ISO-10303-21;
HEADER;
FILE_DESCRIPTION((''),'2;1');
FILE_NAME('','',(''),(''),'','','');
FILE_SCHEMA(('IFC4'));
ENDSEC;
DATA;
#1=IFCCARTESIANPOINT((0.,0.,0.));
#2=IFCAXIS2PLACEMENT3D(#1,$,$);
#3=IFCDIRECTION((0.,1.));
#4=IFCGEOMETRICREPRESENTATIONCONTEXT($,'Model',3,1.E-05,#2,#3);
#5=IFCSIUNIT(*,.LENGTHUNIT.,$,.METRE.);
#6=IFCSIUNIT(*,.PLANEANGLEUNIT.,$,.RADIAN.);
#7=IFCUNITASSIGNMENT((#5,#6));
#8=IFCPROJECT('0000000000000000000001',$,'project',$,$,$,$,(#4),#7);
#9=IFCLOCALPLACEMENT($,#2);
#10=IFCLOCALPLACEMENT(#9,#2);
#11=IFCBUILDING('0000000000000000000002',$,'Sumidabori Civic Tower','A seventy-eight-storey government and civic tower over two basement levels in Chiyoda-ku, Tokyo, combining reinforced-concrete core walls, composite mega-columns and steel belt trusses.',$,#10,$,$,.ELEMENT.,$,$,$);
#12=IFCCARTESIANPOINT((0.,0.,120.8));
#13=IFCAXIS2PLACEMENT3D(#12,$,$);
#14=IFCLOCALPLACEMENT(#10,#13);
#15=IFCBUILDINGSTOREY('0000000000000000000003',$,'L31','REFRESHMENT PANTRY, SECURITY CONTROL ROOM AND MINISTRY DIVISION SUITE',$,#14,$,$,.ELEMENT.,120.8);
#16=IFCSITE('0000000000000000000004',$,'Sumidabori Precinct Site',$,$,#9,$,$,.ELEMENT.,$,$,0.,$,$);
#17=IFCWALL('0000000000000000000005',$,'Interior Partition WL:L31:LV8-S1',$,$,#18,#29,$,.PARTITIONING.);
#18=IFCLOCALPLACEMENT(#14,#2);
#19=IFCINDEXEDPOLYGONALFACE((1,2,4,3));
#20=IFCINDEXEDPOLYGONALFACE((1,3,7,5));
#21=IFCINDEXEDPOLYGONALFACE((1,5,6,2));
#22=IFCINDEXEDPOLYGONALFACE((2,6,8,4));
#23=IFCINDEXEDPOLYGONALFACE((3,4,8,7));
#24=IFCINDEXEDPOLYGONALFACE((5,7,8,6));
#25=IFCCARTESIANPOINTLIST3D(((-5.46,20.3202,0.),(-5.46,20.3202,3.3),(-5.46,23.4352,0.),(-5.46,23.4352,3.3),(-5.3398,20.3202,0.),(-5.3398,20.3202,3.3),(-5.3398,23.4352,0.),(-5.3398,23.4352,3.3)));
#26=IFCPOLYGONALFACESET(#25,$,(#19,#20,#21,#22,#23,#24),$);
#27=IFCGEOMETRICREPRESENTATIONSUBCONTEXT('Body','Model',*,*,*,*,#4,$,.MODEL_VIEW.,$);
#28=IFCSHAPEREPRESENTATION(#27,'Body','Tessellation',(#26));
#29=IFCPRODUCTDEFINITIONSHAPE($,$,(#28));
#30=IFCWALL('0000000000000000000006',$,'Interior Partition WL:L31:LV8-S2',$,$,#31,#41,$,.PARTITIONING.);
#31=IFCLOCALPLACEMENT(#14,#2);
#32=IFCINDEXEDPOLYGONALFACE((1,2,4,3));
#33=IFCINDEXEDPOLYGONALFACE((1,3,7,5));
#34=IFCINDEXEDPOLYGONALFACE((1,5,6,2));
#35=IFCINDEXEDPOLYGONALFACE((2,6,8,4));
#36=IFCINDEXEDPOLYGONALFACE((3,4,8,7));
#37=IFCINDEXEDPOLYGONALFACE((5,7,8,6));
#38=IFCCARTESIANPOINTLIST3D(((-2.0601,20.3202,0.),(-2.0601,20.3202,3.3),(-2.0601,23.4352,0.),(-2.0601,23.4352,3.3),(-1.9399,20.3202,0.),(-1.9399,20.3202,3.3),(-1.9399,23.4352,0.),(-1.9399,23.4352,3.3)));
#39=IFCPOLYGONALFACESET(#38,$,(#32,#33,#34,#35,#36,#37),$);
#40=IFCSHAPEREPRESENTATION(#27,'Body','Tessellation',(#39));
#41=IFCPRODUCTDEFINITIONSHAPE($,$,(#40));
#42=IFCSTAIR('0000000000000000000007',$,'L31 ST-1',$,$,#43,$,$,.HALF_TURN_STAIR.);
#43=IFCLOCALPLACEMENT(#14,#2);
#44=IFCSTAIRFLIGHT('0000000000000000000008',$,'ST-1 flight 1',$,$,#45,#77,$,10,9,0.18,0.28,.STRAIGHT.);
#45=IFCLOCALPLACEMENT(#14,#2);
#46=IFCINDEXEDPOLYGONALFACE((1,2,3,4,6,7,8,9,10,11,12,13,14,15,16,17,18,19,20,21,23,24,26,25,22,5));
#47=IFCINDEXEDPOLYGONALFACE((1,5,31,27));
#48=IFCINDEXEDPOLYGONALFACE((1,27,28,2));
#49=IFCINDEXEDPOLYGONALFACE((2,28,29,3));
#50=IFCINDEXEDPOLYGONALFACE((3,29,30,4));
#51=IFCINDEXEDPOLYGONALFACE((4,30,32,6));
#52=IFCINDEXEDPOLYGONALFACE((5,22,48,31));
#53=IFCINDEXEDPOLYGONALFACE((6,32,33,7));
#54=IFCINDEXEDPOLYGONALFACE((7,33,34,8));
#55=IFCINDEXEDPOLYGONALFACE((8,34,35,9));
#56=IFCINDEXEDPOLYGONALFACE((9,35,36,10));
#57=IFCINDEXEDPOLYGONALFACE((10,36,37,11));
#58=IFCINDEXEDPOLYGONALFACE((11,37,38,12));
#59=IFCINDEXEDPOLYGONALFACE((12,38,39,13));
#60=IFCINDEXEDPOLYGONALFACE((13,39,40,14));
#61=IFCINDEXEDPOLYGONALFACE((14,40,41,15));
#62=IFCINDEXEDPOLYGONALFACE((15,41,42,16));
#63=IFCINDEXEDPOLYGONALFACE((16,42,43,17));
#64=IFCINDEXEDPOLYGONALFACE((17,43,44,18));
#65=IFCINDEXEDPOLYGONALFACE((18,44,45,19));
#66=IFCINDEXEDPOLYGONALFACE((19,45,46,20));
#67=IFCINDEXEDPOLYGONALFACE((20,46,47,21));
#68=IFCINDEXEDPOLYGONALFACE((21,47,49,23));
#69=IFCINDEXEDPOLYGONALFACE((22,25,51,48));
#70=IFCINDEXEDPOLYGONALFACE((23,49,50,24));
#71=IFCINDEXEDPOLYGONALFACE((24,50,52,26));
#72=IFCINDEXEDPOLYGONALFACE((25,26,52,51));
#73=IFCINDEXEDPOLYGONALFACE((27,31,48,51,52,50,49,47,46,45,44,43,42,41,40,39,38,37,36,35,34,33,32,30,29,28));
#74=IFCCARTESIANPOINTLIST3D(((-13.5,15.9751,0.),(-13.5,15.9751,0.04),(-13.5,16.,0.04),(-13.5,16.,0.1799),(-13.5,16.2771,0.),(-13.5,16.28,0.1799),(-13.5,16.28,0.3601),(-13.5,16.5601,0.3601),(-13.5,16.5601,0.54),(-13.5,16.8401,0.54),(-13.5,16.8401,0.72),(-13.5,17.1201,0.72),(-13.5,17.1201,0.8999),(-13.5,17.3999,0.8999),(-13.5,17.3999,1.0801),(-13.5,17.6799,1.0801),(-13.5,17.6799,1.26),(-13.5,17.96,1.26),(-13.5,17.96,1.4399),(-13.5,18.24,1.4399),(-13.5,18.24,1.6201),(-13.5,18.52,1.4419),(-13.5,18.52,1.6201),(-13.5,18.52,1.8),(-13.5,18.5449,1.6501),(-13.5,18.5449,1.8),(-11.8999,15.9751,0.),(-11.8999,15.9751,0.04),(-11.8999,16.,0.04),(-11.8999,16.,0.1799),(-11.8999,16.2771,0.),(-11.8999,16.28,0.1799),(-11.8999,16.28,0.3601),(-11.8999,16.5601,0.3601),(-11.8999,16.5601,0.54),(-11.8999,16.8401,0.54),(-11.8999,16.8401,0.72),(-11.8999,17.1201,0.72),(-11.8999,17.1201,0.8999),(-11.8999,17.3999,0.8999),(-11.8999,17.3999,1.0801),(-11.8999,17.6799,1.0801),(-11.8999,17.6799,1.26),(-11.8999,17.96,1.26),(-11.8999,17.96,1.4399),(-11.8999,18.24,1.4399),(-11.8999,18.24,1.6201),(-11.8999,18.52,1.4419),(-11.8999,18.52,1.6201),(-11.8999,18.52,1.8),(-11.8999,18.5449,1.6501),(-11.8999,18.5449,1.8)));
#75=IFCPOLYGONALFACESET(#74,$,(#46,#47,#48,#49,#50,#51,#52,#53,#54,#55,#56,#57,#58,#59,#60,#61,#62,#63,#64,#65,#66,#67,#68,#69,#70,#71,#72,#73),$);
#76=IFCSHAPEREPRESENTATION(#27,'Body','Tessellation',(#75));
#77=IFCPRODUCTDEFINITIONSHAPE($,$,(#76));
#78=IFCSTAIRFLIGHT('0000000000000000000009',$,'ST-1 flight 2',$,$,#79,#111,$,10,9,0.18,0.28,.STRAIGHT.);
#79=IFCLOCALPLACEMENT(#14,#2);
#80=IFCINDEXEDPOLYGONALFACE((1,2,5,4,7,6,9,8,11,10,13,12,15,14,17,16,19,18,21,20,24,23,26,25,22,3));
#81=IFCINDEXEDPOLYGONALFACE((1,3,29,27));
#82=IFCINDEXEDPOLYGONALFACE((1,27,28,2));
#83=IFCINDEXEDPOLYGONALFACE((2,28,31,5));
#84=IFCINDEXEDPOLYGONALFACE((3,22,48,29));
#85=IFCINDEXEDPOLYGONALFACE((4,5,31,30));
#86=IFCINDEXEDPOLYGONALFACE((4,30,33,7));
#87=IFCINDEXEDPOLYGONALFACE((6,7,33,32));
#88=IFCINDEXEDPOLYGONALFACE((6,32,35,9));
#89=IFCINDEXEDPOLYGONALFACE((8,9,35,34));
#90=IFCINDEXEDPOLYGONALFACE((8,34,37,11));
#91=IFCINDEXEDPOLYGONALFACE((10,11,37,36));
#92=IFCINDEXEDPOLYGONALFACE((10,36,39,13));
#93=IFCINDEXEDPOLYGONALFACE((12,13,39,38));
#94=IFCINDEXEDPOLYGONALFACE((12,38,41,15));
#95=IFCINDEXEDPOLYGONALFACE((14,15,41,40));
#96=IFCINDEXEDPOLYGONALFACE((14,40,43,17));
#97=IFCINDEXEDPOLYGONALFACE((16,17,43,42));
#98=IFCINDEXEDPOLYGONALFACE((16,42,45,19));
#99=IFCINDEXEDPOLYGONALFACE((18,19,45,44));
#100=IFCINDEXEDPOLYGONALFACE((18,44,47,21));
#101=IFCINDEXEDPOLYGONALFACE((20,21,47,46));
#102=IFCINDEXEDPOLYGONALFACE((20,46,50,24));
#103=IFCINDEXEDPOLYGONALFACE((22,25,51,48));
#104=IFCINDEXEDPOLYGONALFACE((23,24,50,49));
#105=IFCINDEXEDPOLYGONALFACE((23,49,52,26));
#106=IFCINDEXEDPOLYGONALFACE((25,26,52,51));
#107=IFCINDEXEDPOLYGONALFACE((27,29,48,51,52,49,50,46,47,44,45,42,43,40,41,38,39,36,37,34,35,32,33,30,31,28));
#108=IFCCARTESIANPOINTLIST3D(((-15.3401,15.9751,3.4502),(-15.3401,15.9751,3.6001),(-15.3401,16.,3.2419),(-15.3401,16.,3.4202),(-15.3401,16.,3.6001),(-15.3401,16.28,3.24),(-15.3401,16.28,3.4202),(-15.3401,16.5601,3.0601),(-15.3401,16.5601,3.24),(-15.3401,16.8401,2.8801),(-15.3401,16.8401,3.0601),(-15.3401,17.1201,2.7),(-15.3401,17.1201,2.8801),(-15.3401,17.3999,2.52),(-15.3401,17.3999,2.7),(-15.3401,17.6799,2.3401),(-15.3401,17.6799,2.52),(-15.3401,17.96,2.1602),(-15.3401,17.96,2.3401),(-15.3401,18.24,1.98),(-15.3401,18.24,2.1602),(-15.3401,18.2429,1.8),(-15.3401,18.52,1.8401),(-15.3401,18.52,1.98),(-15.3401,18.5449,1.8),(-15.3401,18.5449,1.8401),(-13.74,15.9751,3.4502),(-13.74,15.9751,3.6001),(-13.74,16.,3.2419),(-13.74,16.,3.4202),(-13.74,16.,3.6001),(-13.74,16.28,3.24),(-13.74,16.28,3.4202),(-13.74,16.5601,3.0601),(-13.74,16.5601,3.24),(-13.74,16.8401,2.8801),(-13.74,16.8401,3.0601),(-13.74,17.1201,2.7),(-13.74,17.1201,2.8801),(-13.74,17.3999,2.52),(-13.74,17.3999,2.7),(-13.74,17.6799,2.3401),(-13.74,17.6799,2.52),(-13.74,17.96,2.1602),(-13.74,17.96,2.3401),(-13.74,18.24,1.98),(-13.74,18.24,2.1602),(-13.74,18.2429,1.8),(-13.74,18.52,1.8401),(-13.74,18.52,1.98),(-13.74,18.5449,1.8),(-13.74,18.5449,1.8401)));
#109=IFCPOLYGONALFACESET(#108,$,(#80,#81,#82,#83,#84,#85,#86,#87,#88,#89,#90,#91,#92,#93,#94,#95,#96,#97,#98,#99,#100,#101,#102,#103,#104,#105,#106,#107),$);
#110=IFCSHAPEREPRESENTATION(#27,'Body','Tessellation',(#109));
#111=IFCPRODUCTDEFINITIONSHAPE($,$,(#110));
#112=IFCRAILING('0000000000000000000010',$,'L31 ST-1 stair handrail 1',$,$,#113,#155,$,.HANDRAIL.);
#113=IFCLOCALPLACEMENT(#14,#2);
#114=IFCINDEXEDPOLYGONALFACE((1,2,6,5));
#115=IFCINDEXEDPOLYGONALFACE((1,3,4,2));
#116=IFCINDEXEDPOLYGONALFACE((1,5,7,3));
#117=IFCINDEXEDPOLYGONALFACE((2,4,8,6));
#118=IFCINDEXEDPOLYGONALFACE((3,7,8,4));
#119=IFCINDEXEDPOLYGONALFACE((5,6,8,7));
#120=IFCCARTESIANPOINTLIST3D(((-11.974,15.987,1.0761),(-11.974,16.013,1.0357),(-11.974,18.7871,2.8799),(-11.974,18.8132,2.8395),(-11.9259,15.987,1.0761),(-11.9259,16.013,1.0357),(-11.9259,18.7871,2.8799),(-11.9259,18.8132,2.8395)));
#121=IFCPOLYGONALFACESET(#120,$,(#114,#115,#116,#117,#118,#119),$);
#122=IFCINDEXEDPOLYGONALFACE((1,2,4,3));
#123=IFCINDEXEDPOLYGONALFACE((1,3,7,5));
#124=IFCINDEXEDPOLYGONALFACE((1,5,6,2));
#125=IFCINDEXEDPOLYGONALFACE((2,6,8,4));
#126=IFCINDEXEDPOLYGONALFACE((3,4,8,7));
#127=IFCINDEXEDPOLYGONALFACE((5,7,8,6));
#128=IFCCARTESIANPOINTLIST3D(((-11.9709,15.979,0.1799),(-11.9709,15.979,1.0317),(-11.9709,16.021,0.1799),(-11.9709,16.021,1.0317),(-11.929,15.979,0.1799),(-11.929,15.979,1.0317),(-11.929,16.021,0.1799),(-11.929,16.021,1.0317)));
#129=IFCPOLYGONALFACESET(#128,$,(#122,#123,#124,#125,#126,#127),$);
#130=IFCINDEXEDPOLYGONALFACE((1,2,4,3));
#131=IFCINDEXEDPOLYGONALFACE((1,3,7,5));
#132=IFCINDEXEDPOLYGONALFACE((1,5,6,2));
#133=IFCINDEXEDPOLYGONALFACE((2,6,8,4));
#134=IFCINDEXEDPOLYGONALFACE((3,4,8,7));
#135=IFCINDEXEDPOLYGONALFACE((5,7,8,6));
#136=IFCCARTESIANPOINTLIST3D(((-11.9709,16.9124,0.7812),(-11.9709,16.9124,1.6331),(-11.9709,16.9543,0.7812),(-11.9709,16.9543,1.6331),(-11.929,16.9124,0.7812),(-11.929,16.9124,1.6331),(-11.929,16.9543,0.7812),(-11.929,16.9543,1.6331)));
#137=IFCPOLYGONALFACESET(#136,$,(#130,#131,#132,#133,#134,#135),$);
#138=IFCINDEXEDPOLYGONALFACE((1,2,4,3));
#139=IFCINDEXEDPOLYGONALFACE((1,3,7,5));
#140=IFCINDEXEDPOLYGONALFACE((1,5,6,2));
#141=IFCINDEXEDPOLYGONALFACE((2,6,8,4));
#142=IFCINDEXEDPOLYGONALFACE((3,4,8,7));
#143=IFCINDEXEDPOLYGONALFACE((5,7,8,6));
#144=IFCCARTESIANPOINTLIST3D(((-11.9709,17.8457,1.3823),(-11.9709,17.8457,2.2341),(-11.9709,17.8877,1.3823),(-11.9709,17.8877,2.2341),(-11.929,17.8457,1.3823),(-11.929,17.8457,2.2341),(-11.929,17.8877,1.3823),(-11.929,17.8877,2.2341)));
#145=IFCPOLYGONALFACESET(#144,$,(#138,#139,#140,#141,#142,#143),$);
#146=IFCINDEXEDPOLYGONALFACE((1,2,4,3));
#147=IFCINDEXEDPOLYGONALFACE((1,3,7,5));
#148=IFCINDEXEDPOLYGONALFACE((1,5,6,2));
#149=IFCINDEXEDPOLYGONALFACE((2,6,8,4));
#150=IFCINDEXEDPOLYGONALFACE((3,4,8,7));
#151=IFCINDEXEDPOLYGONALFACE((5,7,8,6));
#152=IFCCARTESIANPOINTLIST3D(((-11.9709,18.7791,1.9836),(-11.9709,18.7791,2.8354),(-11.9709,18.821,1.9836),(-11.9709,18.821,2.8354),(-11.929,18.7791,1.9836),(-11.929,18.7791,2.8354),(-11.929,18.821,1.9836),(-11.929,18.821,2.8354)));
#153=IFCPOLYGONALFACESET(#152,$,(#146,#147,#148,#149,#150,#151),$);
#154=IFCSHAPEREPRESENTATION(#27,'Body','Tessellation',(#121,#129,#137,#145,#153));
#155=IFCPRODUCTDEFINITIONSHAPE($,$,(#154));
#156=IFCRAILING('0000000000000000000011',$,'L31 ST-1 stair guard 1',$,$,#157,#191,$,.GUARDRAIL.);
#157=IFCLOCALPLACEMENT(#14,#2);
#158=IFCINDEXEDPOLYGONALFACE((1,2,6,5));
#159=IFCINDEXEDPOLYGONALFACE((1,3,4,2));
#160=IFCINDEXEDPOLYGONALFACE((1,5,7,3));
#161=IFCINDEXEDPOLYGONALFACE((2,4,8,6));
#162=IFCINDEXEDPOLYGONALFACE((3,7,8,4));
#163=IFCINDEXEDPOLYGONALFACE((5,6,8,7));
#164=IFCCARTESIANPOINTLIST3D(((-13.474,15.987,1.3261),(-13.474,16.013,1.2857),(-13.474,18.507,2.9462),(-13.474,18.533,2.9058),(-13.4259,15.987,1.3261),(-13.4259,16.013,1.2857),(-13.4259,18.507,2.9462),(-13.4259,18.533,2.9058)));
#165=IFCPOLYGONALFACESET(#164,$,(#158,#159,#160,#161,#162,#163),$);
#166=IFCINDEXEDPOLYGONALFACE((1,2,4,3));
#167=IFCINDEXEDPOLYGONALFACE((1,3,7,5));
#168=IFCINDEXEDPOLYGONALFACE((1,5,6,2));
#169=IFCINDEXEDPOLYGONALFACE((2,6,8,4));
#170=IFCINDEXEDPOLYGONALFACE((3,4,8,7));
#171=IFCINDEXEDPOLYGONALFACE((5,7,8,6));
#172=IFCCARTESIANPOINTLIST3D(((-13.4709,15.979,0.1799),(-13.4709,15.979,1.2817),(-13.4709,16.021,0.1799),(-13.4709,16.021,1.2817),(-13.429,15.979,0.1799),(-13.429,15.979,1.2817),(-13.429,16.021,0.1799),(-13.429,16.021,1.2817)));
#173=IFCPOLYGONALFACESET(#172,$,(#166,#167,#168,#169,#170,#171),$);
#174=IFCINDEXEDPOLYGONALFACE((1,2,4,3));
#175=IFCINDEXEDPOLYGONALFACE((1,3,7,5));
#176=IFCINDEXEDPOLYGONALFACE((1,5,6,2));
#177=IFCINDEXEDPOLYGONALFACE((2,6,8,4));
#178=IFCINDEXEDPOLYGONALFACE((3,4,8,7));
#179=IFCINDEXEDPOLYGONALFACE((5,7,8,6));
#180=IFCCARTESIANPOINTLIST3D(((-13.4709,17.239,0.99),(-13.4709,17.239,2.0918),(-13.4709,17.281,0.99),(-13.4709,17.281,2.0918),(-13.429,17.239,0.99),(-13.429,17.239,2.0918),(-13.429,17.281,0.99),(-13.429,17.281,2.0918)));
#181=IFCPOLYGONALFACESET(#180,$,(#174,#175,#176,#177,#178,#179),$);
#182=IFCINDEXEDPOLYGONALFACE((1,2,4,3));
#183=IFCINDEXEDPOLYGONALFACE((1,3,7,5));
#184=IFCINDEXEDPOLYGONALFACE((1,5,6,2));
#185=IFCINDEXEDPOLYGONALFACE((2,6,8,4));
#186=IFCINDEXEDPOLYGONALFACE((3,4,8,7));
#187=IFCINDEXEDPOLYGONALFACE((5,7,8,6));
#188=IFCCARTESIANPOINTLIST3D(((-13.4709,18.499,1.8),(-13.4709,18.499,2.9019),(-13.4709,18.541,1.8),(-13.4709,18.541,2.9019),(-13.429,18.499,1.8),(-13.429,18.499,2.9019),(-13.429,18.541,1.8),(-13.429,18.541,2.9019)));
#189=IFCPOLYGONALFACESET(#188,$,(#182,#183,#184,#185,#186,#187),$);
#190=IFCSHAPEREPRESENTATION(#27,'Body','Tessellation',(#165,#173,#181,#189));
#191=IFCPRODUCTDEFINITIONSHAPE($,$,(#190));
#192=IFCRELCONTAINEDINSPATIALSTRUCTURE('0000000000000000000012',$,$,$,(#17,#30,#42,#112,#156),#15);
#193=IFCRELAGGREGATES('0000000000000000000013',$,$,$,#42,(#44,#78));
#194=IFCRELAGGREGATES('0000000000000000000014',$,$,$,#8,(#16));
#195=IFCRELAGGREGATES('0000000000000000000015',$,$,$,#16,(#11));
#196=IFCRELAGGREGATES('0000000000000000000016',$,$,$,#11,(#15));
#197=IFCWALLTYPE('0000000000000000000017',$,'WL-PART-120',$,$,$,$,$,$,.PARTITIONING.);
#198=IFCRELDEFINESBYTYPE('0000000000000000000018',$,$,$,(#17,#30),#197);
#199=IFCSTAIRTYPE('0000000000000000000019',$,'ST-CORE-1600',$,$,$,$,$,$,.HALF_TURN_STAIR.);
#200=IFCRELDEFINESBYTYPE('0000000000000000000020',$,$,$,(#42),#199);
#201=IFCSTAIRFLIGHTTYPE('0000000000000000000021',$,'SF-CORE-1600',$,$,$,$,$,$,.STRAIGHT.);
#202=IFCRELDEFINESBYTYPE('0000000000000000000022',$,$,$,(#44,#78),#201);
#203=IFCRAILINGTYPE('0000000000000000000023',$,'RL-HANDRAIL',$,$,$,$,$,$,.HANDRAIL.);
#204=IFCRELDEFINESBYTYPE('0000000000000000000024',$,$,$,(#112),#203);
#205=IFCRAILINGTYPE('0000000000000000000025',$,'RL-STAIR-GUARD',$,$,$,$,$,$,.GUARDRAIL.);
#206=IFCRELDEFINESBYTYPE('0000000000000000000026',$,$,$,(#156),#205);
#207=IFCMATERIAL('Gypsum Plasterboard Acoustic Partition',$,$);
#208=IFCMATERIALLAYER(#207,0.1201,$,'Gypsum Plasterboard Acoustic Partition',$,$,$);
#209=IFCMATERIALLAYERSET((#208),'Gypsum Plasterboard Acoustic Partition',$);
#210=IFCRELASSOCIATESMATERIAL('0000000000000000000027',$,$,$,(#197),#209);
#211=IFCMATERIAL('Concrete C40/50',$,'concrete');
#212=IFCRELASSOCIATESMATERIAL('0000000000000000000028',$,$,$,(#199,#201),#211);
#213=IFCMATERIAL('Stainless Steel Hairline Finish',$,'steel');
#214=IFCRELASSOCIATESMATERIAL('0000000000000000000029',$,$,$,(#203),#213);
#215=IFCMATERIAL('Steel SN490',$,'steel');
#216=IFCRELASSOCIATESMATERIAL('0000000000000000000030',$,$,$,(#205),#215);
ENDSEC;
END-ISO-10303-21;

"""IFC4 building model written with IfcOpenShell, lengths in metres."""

from ifc_helpers import new_model, si_unit, direction, frame, frame_2d, origin, origin_2d, place, context, subcontext, project, spatial, polyline, rectangle, outline, extrude, source, transform, mapped, material, layer, layer_set, type_object, element, aggregate, save


model = new_model("IFC4")

# Units and contexts
model_context = context("Model", 3, precision=1e-05, world=origin(), true_north=direction((0.0, 1.0)))
body_context = subcontext(model_context, "Body", "Model", "MODEL_VIEW")
ifc_project = project(units=[si_unit("LENGTHUNIT", "METRE"), si_unit("PLANEANGLEUNIT", "RADIAN")], contexts=[model_context])

# Site, building, storey
site_placement = place(None, origin())
site = spatial("IfcSite", under=ifc_project, at=site_placement, Name="Sumidabori Precinct Site", CompositionType="ELEMENT", RefElevation=0.0)
building_placement = place(site_placement, origin())
building = spatial("IfcBuilding", under=site, at=building_placement, Name="Sumidabori Civic Tower", Description="A seventy-eight-storey government and civic tower over two basement levels in Chiyoda-ku, Tokyo, combining reinforced-concrete core walls, composite mega-columns and steel belt trusses.", CompositionType="ELEMENT")
storey_placement = place(building_placement, frame((0.0, 0.0, 120.8)))
storey = spatial("IfcBuildingStorey", under=building, at=storey_placement, Name="L31", Description="REFRESHMENT PANTRY, SECURITY CONTROL ROOM AND MINISTRY DIVISION SUITE", CompositionType="ELEMENT", Elevation=120.8)

# Shared definitions
ifc_material_1 = material(Name="Gypsum Plasterboard Acoustic Partition")

# Walls
ifc_layer_1 = layer(ifc_material_1, 0.1201, Name="Gypsum Plasterboard Acoustic Partition")
ifc_layer_set_1 = layer_set([ifc_layer_1], Name="Gypsum Plasterboard Acoustic Partition")
wall_type_1 = type_object("IfcWallType", Name="WL-PART-120", PredefinedType="PARTITIONING", material=ifc_layer_set_1)
shared_shape_1 = source(origin(), body_context, "Body", "SweptSolid", [
    extrude(rectangle(XDim=3.115, YDim=0.1201, at=frame_2d((1.5576, 0.0))), origin(), (0.0, 0.0, 1.0), 3.3),
])
for number, where, z_axis, x_axis, name in (
    (1, (-5.3999, 20.3201, 0.0), (0.0, 0.0, 1.0), (0.0, 1.0, 0.0), "Interior Partition WL:L31:LV8-S1"),
    (2, (-2.0, 20.3201, 0.0), (0.0, 0.0, 1.0), (0.0, 1.0, 0.0), "Interior Partition WL:L31:LV8-S2"),
):
    element("IfcWall", number, at=place(storey_placement, frame(where, z_axis=z_axis, x_axis=x_axis)), inside=storey, type_object=wall_type_1, Name=name, PredefinedType="PARTITIONING", context=body_context, shape_type="MappedRepresentation", body=[
        mapped(shared_shape_1, transform((0.0, 0.0, 0.0), x_axis=(1.0, 0.0, 0.0), y_axis=(0.0, 1.0, 0.0), z_axis=(0.0, 0.0, 1.0), scale=1.0)),
    ])

# Stair, stair flights
ifc_material_2 = material(Name="Concrete C40/50", Category="concrete")
stair_type = type_object("IfcStairType", Name="ST-CORE-1600", PredefinedType="HALF_TURN_STAIR", material=ifc_material_2)
stair_placement = place(storey_placement, origin())
stair = element("IfcStair", 3, at=stair_placement, inside=storey, type_object=stair_type, Name="L31 ST-1", PredefinedType="HALF_TURN_STAIR")
stair_flight_type = type_object("IfcStairFlightType", Name="SF-CORE-1600", PredefinedType="STRAIGHT", material=ifc_material_2)
shared_shape_2 = source(origin(), body_context, "Body", "SweptSolid", [
    extrude(outline(polyline([(-0.0249, 0.0), (-0.0249, 0.04), (0.0, 0.04), (0.0, 0.1799), (0.28, 0.1799), (0.28, 0.3601), (0.5601, 0.3601), (0.5601, 0.54), (0.8401, 0.54), (0.8401, 0.72), (1.1201, 0.72), (1.1201, 0.8999), (1.3999, 0.8999), (1.3999, 1.0801), (1.6799, 1.0801), (1.6799, 1.26), (1.96, 1.26), (1.96, 1.4399), (2.24, 1.4399), (2.24, 1.6201), (2.52, 1.6201), (2.52, 1.8), (2.5449, 1.8), (2.5449, 1.6501), (2.52, 1.4419), (0.2771, 0.0), (-0.0249, 0.0)])), frame((0.0, 0.8, 0.0), z_axis=(0.0, -1.0, 0.0), x_axis=(1.0, 0.0, 0.0)), (0.0, 0.0, 1.0), 1.6001),
])
stair_flight_1_placement = place(storey_placement, frame((-12.7, 16.0, 0.0), z_axis=(0.0, 0.0, 1.0), x_axis=(0.0, 1.0, 0.0)))
stair_flight_1 = element("IfcStairFlight", 4, at=stair_flight_1_placement, type_object=stair_flight_type, Name="ST-1 flight 1", NumberOfRisers=10, NumberOfTreads=9, PredefinedType="STRAIGHT", RiserHeight=0.18, TreadLength=0.28, context=body_context, shape_type="MappedRepresentation", body=[
    mapped(shared_shape_2, transform((0.0, 0.0, 0.0), x_axis=(1.0, 0.0, 0.0), y_axis=(0.0, 1.0, 0.0), z_axis=(0.0, 0.0, 1.0), scale=1.0)),
])
stair_flight_2_placement = place(storey_placement, frame((-14.54, 18.52, 1.8), z_axis=(0.0, 0.0, 1.0), x_axis=(0.0, -1.0, 0.0)))
stair_flight_2 = element("IfcStairFlight", 5, at=stair_flight_2_placement, type_object=stair_flight_type, Name="ST-1 flight 2", NumberOfRisers=10, NumberOfTreads=9, PredefinedType="STRAIGHT", RiserHeight=0.18, TreadLength=0.28, context=body_context, shape_type="MappedRepresentation", body=[
    mapped(shared_shape_2, transform((0.0, 0.0, 0.0), x_axis=(1.0, 0.0, 0.0), y_axis=(0.0, 1.0, 0.0), z_axis=(0.0, 0.0, 1.0), scale=1.0)),
])
aggregate(stair, [stair_flight_1, stair_flight_2])

# Railings
ifc_material_3 = material(Name="Stainless Steel Hairline Finish", Category="steel")
railing_type_1 = type_object("IfcRailingType", Name="RL-HANDRAIL", PredefinedType="HANDRAIL", material=ifc_material_3)
railing_1_placement = place(storey_placement, frame((-11.95, 16.0, 0.1799)))
element("IfcRailing", 6, at=railing_1_placement, inside=storey, type_object=railing_type_1, Name="L31 ST-1 stair handrail 1", PredefinedType="HANDRAIL", context=body_context, shape_type="SweptSolid", body=[
    extrude(rectangle(XDim=0.0481, YDim=0.0481, at=origin_2d()), frame((0.0, 0.0, 0.876), z_axis=(0.0, 0.840676, 0.541539), x_axis=(-1.0, 0.0, 0.0)), (0.0, 0.0, 1.0), 3.3308),
    extrude(rectangle(XDim=0.042, YDim=0.042, at=origin_2d()), origin(), (0.0, 0.0, 1.0), 0.8518),
    extrude(rectangle(XDim=0.042, YDim=0.042, at=origin_2d()), frame((0.0, 0.9333, 0.6013)), (0.0, 0.0, 1.0), 0.8518),
    extrude(rectangle(XDim=0.042, YDim=0.042, at=origin_2d()), frame((0.0, 1.8667, 1.2024)), (0.0, 0.0, 1.0), 0.8518),
    extrude(rectangle(XDim=0.042, YDim=0.042, at=origin_2d()), frame((0.0, 2.8, 1.8037)), (0.0, 0.0, 1.0), 0.8518),
])
ifc_material_4 = material(Name="Steel SN490", Category="steel")
railing_type_2 = type_object("IfcRailingType", Name="RL-STAIR-GUARD", PredefinedType="GUARDRAIL", material=ifc_material_4)
railing_2_placement = place(storey_placement, frame((-13.45, 16.0, 0.1799)))
element("IfcRailing", 7, at=railing_2_placement, inside=storey, type_object=railing_type_2, Name="L31 ST-1 stair guard 1", PredefinedType="GUARDRAIL", context=body_context, shape_type="SweptSolid", body=[
    extrude(rectangle(XDim=0.0481, YDim=0.0481, at=origin_2d()), frame((0.0, 0.0, 1.126), z_axis=(0.0, 0.841163, 0.540782), x_axis=(-1.0, 0.0, 0.0)), (0.0, 0.0, 1.0), 2.9958),
    extrude(rectangle(XDim=0.042, YDim=0.042, at=origin_2d()), origin(), (0.0, 0.0, 1.0), 1.1018),
    extrude(rectangle(XDim=0.042, YDim=0.042, at=origin_2d()), frame((0.0, 1.26, 0.8101)), (0.0, 0.0, 1.0), 1.1018),
    extrude(rectangle(XDim=0.042, YDim=0.042, at=origin_2d()), frame((0.0, 2.52, 1.6201)), (0.0, 0.0, 1.0), 1.1018),
])

save(model, "model.ifc")
